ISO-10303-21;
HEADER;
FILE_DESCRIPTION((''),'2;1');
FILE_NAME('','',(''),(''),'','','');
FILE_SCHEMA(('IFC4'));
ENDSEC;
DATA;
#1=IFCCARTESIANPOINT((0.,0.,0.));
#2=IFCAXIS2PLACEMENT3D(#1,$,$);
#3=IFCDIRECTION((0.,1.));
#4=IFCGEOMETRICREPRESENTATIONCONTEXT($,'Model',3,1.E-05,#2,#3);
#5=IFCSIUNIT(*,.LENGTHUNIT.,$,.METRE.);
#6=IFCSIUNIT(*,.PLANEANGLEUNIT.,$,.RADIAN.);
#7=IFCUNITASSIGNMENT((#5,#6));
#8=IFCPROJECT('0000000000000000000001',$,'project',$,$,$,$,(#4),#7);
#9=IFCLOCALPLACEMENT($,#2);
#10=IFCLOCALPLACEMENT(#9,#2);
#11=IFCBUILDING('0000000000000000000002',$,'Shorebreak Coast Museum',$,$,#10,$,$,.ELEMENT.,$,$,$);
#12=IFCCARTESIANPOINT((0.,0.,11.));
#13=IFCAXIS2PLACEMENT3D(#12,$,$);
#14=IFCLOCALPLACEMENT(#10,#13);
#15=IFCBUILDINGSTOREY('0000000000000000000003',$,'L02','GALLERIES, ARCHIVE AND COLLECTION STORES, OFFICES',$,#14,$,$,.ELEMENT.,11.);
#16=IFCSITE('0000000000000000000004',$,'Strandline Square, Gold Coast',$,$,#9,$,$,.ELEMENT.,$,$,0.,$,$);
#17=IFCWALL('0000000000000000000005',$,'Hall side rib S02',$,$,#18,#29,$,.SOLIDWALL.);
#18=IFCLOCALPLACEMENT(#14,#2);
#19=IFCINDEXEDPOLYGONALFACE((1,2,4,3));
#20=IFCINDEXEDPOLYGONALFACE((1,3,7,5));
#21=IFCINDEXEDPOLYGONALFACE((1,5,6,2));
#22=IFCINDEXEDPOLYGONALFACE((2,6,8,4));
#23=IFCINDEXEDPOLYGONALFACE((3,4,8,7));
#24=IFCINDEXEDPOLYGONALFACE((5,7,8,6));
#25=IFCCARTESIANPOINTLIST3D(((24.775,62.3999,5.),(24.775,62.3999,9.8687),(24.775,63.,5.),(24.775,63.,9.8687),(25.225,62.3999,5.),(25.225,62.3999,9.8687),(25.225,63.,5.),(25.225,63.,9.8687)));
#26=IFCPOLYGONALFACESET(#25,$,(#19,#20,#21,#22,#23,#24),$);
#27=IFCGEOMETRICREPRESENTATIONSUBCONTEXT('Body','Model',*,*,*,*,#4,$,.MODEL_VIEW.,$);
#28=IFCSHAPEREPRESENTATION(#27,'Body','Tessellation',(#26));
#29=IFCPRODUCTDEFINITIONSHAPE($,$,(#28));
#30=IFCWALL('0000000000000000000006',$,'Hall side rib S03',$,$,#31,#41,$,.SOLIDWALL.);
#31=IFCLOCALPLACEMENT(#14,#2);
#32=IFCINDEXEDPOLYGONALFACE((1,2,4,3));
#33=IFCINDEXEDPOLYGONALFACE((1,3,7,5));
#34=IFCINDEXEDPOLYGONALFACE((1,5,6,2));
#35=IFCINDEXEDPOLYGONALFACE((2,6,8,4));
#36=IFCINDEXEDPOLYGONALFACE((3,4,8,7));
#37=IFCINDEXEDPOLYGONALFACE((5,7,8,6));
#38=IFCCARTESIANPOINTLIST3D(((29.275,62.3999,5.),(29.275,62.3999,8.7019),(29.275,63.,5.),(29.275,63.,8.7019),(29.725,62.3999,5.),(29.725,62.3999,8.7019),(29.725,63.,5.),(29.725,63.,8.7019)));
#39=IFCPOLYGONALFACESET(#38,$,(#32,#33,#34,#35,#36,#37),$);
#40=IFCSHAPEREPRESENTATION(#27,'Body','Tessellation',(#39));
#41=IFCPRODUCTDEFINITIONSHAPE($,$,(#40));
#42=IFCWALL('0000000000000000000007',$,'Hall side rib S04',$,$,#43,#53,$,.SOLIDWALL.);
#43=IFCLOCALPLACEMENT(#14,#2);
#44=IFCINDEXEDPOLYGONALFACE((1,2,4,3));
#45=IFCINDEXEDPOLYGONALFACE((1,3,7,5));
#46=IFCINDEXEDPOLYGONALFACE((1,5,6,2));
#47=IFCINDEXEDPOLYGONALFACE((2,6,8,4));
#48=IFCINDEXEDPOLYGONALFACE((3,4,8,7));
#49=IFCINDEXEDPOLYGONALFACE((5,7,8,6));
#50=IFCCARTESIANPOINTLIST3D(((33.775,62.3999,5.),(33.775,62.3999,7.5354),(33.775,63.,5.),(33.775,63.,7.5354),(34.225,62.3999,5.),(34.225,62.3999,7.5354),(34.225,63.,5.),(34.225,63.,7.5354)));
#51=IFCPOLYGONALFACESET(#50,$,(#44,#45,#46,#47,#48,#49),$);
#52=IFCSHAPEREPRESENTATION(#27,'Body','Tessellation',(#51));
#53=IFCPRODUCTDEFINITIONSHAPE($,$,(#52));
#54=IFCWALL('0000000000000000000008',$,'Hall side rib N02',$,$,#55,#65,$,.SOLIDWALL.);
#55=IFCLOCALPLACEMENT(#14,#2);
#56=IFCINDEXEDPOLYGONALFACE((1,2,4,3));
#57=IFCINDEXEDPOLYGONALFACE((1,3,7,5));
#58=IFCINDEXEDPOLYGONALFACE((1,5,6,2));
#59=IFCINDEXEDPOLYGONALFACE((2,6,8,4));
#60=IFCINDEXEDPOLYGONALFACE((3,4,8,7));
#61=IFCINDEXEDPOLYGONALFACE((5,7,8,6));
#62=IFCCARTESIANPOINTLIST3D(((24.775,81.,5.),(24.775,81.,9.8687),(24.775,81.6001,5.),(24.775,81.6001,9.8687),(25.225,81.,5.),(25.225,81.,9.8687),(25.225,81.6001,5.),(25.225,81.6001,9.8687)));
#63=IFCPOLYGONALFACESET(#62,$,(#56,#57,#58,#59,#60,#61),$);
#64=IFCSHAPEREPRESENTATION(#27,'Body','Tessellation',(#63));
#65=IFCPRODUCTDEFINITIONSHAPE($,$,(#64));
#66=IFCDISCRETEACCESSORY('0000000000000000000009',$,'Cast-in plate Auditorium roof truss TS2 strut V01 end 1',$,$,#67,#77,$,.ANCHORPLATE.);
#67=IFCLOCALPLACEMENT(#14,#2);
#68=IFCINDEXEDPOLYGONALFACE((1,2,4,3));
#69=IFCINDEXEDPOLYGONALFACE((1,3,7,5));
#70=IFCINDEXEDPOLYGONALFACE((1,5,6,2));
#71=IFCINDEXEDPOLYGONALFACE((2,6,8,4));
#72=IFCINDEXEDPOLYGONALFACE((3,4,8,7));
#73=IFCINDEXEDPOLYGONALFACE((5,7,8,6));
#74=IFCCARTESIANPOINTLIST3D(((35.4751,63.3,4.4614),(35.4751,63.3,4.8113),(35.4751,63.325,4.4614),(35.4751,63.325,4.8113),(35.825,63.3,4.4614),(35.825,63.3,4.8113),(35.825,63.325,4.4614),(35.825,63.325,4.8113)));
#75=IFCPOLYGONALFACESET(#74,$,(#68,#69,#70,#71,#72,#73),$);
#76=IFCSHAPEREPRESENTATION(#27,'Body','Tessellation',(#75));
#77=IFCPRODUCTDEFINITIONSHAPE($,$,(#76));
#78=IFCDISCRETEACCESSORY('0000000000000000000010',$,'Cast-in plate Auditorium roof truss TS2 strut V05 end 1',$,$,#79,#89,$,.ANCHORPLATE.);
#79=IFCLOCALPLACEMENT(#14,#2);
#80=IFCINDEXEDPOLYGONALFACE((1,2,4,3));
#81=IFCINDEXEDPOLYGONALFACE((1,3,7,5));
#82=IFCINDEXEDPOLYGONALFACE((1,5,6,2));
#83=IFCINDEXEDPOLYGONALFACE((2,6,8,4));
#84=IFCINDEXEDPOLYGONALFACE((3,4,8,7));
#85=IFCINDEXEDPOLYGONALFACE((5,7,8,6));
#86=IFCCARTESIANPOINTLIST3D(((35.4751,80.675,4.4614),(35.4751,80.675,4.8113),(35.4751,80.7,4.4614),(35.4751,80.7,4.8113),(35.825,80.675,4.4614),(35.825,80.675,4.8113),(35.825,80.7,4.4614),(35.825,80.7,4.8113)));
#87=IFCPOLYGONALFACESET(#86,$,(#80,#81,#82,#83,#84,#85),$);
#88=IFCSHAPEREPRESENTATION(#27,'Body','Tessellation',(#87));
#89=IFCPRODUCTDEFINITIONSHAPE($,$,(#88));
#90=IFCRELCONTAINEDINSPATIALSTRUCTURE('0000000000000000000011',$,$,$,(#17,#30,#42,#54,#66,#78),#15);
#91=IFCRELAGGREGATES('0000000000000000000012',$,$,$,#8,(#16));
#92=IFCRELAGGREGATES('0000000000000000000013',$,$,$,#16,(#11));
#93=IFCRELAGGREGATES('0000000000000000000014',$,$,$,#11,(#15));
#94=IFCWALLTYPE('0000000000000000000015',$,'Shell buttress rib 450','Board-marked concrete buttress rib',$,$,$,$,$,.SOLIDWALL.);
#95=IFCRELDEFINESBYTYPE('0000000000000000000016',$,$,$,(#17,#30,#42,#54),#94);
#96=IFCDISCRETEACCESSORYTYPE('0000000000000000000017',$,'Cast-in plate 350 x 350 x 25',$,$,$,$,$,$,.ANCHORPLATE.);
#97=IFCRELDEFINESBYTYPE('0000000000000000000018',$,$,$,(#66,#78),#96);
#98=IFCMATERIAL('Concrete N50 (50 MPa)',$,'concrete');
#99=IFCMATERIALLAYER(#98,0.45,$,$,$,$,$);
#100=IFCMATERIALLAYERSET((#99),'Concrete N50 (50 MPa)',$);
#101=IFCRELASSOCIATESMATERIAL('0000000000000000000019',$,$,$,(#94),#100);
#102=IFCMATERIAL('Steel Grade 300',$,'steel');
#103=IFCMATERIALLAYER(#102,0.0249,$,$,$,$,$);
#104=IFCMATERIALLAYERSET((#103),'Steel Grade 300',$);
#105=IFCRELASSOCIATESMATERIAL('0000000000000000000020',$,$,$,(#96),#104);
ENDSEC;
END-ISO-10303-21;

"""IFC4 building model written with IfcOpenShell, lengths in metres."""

from ifc_helpers import new_model, si_unit, direction, frame, frame_2d, origin, place, context, subcontext, project, spatial, polyline, rectangle, outline, extrude, material, layer, layer_set, type_object, element, save


model = new_model("IFC4")

# Units and contexts
model_context = context("Model", 3, precision=1e-05, world=origin(), true_north=direction((0.0, 1.0)))
body_context = subcontext(model_context, "Body", "Model", "MODEL_VIEW")
ifc_project = project(units=[si_unit("LENGTHUNIT", "METRE"), si_unit("PLANEANGLEUNIT", "RADIAN")], contexts=[model_context])

# Site, building, storey
site_placement = place(None, origin())
site = spatial("IfcSite", under=ifc_project, at=site_placement, Name="Strandline Square, Gold Coast", CompositionType="ELEMENT", RefElevation=0.0)
building_placement = place(site_placement, origin())
building = spatial("IfcBuilding", under=site, at=building_placement, Name="Shorebreak Coast Museum", CompositionType="ELEMENT")
storey_placement = place(building_placement, frame((0.0, 0.0, 11.0)))
storey = spatial("IfcBuildingStorey", under=building, at=storey_placement, Name="L02", Description="GALLERIES, ARCHIVE AND COLLECTION STORES, OFFICES", CompositionType="ELEMENT", Elevation=11.0)

# Walls
ifc_material_1 = material(Name="Concrete N50 (50 MPa)", Category="concrete")
ifc_layer_1 = layer(ifc_material_1, 0.45)
ifc_layer_set_1 = layer_set([ifc_layer_1], Name="Concrete N50 (50 MPa)")
wall_type_1 = type_object("IfcWallType", Name="Shell buttress rib 450", Description="Board-marked concrete buttress rib", PredefinedType="SOLIDWALL", material=ifc_layer_set_1)
wall_1_placement = place(storey_placement, frame((25.0, 63.0, 5.0), z_axis=(0.0, 0.0, 1.0), x_axis=(0.0, -1.0, 0.0)))
element("IfcWall", 1, at=wall_1_placement, inside=storey, type_object=wall_type_1, Name="Hall side rib S02", PredefinedType="SOLIDWALL", context=body_context, shape_type="SweptSolid", body=[
    extrude(rectangle(XDim=0.6001, YDim=0.45, at=frame_2d((0.3, 0.0))), origin(), (0.0, 0.0, 1.0), 4.8687),
])
wall_2_placement = place(storey_placement, frame((29.5, 63.0, 5.0), z_axis=(0.0, 0.0, 1.0), x_axis=(0.0, -1.0, 0.0)))
element("IfcWall", 2, at=wall_2_placement, inside=storey, type_object=wall_type_1, Name="Hall side rib S03", PredefinedType="SOLIDWALL", context=body_context, shape_type="SweptSolid", body=[
    extrude(rectangle(XDim=0.6001, YDim=0.45, at=frame_2d((0.3, 0.0))), origin(), (0.0, 0.0, 1.0), 3.7019),
])
wall_3_placement = place(storey_placement, frame((34.0, 63.0, 5.0), z_axis=(0.0, 0.0, 1.0), x_axis=(0.0, -1.0, 0.0)))
element("IfcWall", 3, at=wall_3_placement, inside=storey, type_object=wall_type_1, Name="Hall side rib S04", PredefinedType="SOLIDWALL", context=body_context, shape_type="SweptSolid", body=[
    extrude(rectangle(XDim=0.6001, YDim=0.45, at=frame_2d((0.3, 0.0))), origin(), (0.0, 0.0, 1.0), 2.5354),
])
wall_4_placement = place(storey_placement, frame((25.0, 81.0, 5.0), z_axis=(0.0, 0.0, 1.0), x_axis=(0.0, 1.0, 0.0)))
element("IfcWall", 4, at=wall_4_placement, inside=storey, type_object=wall_type_1, Name="Hall side rib N02", PredefinedType="SOLIDWALL", context=body_context, shape_type="SweptSolid", body=[
    extrude(rectangle(XDim=0.6001, YDim=0.45, at=frame_2d((0.3, 0.0))), origin(), (0.0, 0.0, 1.0), 4.8687),
])

# Discrete accessories
ifc_material_2 = material(Name="Steel Grade 300", Category="steel")
ifc_layer_2 = layer(ifc_material_2, 0.0249)
ifc_layer_set_2 = layer_set([ifc_layer_2], Name="Steel Grade 300")
discrete_accessory_type = type_object("IfcDiscreteAccessoryType", Name="Cast-in plate 350 x 350 x 25", PredefinedType="ANCHORPLATE", material=ifc_layer_set_2)
for number, where, z_axis, x_axis, name in (
    (5, (35.4751, 63.3, 4.4614), (0.0, -1.0, 0.0), (1.0, 0.0, 0.0), "Cast-in plate Auditorium roof truss TS2 strut V01 end 1"),
    (6, (35.4751, 80.675, 4.4614), (0.0, -1.0, 0.0), (1.0, 0.0, 0.0), "Cast-in plate Auditorium roof truss TS2 strut V05 end 1"),
):
    element("IfcDiscreteAccessory", number, at=place(storey_placement, frame(where, z_axis=z_axis, x_axis=x_axis)), inside=storey, type_object=discrete_accessory_type, Name=name, PredefinedType="ANCHORPLATE", context=body_context, shape_type="SweptSolid", body=[
        extrude(outline(polyline([(0.0, 0.0), (0.3499, 0.0), (0.3499, 0.3499), (0.0, 0.3499), (0.0, 0.0)])), origin(), (0.0, 0.0, -1.0), 0.0249),
    ])

save(model, "model.ifc")
